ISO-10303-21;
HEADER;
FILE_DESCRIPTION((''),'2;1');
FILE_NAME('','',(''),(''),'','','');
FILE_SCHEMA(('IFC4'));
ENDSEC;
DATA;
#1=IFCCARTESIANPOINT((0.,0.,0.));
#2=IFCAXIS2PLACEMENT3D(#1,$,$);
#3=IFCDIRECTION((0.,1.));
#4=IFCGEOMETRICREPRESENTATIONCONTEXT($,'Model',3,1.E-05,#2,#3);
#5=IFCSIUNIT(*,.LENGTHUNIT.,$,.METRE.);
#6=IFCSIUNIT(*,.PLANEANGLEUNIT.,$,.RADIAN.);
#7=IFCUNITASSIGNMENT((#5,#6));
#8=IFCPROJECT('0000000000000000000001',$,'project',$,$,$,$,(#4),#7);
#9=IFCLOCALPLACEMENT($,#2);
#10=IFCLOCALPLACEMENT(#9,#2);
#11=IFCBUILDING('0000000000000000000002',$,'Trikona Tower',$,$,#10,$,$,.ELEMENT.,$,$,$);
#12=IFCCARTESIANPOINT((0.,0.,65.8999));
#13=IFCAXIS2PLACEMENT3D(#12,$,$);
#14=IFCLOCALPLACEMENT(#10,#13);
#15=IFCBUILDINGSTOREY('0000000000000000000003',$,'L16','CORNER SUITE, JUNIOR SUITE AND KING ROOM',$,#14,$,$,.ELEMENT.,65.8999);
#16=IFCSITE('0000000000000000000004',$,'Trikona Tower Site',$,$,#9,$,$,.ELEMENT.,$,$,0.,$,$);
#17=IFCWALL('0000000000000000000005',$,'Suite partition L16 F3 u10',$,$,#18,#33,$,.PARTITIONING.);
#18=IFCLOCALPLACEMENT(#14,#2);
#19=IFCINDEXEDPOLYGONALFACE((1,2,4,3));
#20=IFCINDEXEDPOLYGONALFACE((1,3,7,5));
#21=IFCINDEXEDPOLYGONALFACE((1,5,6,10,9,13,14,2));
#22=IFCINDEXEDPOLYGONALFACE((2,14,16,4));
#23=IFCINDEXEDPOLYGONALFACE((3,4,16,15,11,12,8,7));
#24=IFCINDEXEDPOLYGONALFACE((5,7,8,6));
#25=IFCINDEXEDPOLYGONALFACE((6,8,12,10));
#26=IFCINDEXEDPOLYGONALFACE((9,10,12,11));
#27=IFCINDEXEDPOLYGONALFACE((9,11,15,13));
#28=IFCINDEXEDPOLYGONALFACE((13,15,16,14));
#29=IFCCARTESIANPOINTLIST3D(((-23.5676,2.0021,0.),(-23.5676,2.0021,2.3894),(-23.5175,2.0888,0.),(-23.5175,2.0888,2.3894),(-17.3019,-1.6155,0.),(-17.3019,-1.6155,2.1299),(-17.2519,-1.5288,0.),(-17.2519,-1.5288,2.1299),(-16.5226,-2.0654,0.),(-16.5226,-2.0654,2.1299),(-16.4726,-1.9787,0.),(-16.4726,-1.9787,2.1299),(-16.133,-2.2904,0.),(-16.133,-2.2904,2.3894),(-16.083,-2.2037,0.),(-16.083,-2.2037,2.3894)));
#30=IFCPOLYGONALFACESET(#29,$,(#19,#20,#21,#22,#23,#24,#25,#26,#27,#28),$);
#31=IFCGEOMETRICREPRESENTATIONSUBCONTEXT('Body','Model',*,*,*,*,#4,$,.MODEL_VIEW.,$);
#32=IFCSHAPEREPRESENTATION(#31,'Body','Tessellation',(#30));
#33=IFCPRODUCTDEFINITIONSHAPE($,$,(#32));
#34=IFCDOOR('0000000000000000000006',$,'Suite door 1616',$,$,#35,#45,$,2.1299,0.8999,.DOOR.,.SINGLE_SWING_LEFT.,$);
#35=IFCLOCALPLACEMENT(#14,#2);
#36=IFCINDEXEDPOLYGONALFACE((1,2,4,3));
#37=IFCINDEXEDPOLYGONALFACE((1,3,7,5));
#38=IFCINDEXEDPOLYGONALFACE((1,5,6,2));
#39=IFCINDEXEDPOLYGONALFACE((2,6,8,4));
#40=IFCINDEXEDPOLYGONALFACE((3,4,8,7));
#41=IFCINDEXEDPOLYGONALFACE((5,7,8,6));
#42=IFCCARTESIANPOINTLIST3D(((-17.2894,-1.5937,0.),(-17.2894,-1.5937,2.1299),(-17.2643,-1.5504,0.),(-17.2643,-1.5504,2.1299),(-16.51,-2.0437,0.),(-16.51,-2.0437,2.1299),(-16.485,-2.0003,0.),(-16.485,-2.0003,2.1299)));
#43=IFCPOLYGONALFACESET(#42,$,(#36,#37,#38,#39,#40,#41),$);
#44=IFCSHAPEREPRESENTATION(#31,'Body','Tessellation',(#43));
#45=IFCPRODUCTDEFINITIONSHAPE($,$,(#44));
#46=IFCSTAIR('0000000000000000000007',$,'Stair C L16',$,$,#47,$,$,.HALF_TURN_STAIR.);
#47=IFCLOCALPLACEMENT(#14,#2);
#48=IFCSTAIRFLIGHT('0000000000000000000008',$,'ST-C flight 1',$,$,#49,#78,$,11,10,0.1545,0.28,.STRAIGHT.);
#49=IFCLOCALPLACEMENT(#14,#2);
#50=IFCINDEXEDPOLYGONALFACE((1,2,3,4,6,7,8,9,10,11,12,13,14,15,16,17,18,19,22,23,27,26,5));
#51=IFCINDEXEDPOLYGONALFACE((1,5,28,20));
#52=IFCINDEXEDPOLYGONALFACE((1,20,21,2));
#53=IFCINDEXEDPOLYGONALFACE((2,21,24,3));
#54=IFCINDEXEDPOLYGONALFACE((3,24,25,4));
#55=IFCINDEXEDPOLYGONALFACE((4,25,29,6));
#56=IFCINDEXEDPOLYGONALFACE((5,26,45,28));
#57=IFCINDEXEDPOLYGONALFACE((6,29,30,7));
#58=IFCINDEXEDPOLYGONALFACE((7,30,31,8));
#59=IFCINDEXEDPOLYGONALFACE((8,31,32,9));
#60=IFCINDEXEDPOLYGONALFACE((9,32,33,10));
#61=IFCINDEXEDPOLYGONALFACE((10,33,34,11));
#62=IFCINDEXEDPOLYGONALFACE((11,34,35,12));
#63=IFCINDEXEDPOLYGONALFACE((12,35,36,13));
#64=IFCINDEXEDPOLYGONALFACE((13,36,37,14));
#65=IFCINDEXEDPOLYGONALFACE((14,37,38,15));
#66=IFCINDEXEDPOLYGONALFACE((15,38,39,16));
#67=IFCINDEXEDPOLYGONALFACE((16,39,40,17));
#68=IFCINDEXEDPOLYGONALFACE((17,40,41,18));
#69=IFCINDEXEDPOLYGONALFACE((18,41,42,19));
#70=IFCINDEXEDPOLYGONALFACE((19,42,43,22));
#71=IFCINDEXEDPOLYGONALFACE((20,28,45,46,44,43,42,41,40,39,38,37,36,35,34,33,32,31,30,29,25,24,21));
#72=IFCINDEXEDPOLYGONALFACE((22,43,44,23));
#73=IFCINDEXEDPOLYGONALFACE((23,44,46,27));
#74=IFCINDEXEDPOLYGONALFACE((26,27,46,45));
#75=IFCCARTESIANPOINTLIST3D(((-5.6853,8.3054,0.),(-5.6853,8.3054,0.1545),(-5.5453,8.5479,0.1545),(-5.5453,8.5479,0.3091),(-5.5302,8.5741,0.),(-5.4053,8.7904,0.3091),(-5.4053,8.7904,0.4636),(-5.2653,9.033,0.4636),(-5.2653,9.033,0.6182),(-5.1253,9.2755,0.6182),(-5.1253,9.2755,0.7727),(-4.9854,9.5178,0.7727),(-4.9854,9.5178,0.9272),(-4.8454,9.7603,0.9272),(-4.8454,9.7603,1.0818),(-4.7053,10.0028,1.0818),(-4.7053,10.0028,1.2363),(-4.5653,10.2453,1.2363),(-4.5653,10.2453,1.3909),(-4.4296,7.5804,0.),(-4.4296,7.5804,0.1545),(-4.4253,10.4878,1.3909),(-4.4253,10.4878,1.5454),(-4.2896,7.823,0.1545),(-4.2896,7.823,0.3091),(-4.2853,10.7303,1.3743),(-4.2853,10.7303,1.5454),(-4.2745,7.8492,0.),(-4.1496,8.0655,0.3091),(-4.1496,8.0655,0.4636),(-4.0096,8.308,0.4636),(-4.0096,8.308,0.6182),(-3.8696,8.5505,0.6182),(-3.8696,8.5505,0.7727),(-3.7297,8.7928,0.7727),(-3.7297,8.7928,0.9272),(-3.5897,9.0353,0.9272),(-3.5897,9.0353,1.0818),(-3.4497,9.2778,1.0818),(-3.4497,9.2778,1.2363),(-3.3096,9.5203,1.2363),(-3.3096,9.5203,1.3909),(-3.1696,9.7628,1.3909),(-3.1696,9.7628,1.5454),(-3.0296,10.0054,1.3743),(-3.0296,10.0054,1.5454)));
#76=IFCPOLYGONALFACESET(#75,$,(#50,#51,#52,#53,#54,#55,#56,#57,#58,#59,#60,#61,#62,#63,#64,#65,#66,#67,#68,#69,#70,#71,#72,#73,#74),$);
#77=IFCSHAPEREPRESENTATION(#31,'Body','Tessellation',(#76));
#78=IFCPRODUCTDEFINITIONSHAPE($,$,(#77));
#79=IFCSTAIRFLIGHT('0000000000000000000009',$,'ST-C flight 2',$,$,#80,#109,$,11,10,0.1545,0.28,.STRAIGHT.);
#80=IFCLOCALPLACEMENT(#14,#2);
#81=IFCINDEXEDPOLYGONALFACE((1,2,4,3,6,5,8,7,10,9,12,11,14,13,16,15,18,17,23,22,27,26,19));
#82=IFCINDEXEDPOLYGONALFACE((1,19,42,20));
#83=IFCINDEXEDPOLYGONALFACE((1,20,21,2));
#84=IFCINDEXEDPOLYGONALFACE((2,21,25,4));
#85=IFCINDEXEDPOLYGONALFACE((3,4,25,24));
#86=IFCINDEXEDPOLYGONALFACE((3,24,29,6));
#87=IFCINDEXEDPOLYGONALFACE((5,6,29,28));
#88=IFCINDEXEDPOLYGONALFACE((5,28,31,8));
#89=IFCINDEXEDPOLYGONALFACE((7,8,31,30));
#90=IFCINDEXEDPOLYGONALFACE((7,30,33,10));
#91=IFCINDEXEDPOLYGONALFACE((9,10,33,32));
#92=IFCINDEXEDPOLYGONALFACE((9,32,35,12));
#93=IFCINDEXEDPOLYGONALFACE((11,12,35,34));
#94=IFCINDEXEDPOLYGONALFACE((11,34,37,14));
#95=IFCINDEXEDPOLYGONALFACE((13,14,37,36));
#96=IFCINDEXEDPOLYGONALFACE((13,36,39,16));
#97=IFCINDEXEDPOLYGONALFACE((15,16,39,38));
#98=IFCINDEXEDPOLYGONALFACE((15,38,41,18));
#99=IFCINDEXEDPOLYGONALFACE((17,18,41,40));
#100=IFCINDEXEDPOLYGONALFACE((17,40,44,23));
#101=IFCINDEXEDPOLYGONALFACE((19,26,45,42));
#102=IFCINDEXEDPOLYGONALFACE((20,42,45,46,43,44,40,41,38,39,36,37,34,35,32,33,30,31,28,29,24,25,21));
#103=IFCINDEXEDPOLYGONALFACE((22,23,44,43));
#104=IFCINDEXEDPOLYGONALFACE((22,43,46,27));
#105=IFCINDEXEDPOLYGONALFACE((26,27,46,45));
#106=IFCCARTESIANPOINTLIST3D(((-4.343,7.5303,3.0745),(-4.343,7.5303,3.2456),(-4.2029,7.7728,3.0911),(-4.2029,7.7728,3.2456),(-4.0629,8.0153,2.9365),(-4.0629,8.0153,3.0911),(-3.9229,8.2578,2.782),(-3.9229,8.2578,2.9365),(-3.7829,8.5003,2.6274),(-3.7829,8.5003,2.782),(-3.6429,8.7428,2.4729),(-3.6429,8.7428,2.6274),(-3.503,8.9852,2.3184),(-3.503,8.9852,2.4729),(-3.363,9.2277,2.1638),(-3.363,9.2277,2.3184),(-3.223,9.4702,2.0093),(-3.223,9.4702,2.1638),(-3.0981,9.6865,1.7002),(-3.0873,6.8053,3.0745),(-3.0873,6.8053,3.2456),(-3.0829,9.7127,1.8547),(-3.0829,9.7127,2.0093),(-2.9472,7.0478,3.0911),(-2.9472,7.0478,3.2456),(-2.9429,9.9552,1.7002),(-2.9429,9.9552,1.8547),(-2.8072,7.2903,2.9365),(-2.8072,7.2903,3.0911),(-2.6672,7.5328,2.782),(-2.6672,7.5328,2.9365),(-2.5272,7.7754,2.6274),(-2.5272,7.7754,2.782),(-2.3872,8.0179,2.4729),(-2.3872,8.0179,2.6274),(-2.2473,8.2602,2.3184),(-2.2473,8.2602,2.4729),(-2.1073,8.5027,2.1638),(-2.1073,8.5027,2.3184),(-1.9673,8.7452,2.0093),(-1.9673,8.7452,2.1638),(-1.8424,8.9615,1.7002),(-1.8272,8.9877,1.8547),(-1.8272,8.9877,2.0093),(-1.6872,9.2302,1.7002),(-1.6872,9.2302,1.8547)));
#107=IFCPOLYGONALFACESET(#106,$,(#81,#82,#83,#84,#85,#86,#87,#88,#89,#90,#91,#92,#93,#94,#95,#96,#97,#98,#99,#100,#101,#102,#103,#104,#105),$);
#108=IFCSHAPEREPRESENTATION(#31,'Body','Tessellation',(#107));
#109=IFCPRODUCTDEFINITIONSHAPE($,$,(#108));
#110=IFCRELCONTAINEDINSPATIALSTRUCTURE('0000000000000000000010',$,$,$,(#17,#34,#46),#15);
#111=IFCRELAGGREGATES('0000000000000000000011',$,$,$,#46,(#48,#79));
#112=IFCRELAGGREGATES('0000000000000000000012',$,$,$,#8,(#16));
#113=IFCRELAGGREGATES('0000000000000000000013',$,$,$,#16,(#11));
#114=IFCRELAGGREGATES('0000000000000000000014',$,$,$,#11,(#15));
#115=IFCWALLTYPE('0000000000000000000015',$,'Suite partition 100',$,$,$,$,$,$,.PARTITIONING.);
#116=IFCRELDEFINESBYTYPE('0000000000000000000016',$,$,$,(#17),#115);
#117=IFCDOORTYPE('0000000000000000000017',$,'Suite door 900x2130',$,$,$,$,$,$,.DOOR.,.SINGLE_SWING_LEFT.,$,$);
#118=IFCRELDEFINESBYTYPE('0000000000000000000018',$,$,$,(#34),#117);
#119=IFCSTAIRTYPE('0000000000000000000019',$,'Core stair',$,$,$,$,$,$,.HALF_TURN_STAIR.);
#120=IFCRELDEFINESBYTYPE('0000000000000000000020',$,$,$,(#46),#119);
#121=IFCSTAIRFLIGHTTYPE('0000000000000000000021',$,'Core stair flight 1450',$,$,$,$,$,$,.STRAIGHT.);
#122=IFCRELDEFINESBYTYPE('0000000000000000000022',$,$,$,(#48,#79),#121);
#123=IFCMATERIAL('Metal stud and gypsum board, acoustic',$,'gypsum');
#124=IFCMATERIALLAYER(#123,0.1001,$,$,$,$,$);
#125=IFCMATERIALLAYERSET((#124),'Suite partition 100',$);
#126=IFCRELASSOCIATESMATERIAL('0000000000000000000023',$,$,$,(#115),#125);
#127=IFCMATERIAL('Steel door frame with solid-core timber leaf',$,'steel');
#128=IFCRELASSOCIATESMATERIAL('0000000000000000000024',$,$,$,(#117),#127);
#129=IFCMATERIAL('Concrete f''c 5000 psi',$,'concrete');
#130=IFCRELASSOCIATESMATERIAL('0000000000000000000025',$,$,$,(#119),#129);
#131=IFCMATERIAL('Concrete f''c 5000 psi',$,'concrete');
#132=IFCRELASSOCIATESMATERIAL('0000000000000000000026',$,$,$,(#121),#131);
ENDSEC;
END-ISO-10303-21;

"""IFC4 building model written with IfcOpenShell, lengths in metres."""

from ifc_helpers import new_model, si_unit, direction, frame, frame_2d, origin, place, context, subcontext, project, spatial, polyline, rectangle, outline, extrude, material, layer, layer_set, type_object, element, fill, aggregate, save


model = new_model("IFC4")

# Units and contexts
model_context = context("Model", 3, precision=1e-05, world=origin(), true_north=direction((0.0, 1.0)))
body_context = subcontext(model_context, "Body", "Model", "MODEL_VIEW")
ifc_project = project(units=[si_unit("LENGTHUNIT", "METRE"), si_unit("PLANEANGLEUNIT", "RADIAN")], contexts=[model_context])

# Site, building, storey
site_placement = place(None, origin())
site = spatial("IfcSite", under=ifc_project, at=site_placement, Name="Trikona Tower Site", CompositionType="ELEMENT", RefElevation=0.0)
building_placement = place(site_placement, origin())
building = spatial("IfcBuilding", under=site, at=building_placement, Name="Trikona Tower", CompositionType="ELEMENT")
storey_placement = place(building_placement, frame((0.0, 0.0, 65.8999)))
storey = spatial("IfcBuildingStorey", under=building, at=storey_placement, Name="L16", Description="CORNER SUITE, JUNIOR SUITE AND KING ROOM", CompositionType="ELEMENT", Elevation=65.8999)

# Wall, opening, door
ifc_material_1 = material(Name="Metal stud and gypsum board, acoustic", Category="gypsum")
ifc_layer_1 = layer(ifc_material_1, 0.1001)
ifc_layer_set_1 = layer_set([ifc_layer_1], Name="Suite partition 100")
wall_type_1 = type_object("IfcWallType", Name="Suite partition 100", PredefinedType="PARTITIONING", material=ifc_layer_set_1)
wall_1_placement = place(storey_placement, frame((-16.1079, -2.2471, 0.0), z_axis=(0.0, 0.0, 1.0), x_axis=(-0.866019, 0.500011, 0.0)))
wall_1 = element("IfcWall", 1, at=wall_1_placement, inside=storey, type_object=wall_type_1, Name="Suite partition L16 F3 u10", PredefinedType="PARTITIONING", context=body_context, shape_type="SweptSolid", body=[
    extrude(rectangle(XDim=8.5847, YDim=0.1001, at=frame_2d((4.2925, 0.0))), origin(), (0.0, 0.0, 1.0), 2.3894),
])
opening_1_placement = place(wall_1_placement, frame((0.45, 0.0, 0.0)))
opening_1 = element("IfcOpeningElement", 2, at=opening_1_placement, cuts=wall_1, PredefinedType="OPENING", context=body_context, shape_type="SweptSolid", body=[
    extrude(rectangle(XDim=0.8999, YDim=2.1299, at=frame_2d((0.45, 1.0649))), frame((0.0, 0.0601, 0.0), z_axis=(0.0, -1.0, 0.0), x_axis=(1.0, 0.0, 0.0)), (0.0, 0.0, 1.0), 0.1201),
])
ifc_material_2 = material(Name="Steel door frame with solid-core timber leaf", Category="steel")
door_type_1 = type_object("IfcDoorType", Name="Suite door 900x2130", OperationType="SINGLE_SWING_LEFT", PredefinedType="DOOR", material=ifc_material_2)
door_1_placement = place(opening_1_placement, origin())
door_1 = element("IfcDoor", 3, at=door_1_placement, inside=storey, type_object=door_type_1, Name="Suite door 1616", OperationType="SINGLE_SWING_LEFT", OverallHeight=2.1299, OverallWidth=0.8999, PredefinedType="DOOR", context=body_context, shape_type="SweptSolid", body=[
    extrude(rectangle(XDim=0.8999, YDim=2.1299, at=frame_2d((0.45, 1.0649))), frame((0.0, 0.0249, 0.0), z_axis=(0.0, -1.0, 0.0), x_axis=(1.0, 0.0, 0.0)), (0.0, 0.0, 1.0), 0.05),
])
fill(opening_1, door_1)

# Stair, stair flights
ifc_material_3 = material(Name="Concrete f'c 5000 psi", Category="concrete")
stair_type = type_object("IfcStairType", Name="Core stair", PredefinedType="HALF_TURN_STAIR", material=ifc_material_3)
stair_placement = place(storey_placement, origin())
stair = element("IfcStair", 4, at=stair_placement, inside=storey, type_object=stair_type, Name="Stair C L16", PredefinedType="HALF_TURN_STAIR")
ifc_material_4 = material(Name="Concrete f'c 5000 psi", Category="concrete")
stair_flight_type = type_object("IfcStairFlightType", Name="Core stair flight 1450", PredefinedType="STRAIGHT", material=ifc_material_4)
stair_flight_1_placement = place(storey_placement, frame((-5.0574, 7.9429, 0.0), z_axis=(0.0, 0.0, 1.0), x_axis=(0.5, 0.866025, 0.0)))
stair_flight_1 = element("IfcStairFlight", 5, at=stair_flight_1_placement, type_object=stair_flight_type, Name="ST-C flight 1", NumberOfRisers=11, NumberOfTreads=10, PredefinedType="STRAIGHT", RiserHeight=0.1545, TreadLength=0.28, context=body_context, shape_type="SweptSolid", body=[
    extrude(outline(polyline([(0.0, 0.0), (0.0, 0.1545), (0.28, 0.1545), (0.28, 0.3091), (0.5601, 0.3091), (0.5601, 0.4636), (0.8401, 0.4636), (0.8401, 0.6182), (1.1201, 0.6182), (1.1201, 0.7727), (1.3999, 0.7727), (1.3999, 0.9272), (1.6799, 0.9272), (1.6799, 1.0818), (1.96, 1.0818), (1.96, 1.2363), (2.24, 1.2363), (2.24, 1.3909), (2.52, 1.3909), (2.52, 1.5454), (2.8, 1.5454), (2.8, 1.7), (2.8, 1.3743), (0.3103, 0.0), (0.0, 0.0)])), frame((0.0, 0.7251, 0.0), z_axis=(0.0, -1.0, 0.0), x_axis=(1.0, 0.0, 0.0)), (0.0, 0.0, 1.0), 1.45),
])
stair_flight_2_placement = place(storey_placement, frame((-2.3152, 9.5928, 1.7002), z_axis=(0.0, 0.0, 1.0), x_axis=(-0.5, -0.866025, 0.0)))
stair_flight_2 = element("IfcStairFlight", 6, at=stair_flight_2_placement, type_object=stair_flight_type, Name="ST-C flight 2", NumberOfRisers=11, NumberOfTreads=10, PredefinedType="STRAIGHT", RiserHeight=0.1545, TreadLength=0.28, context=body_context, shape_type="SweptSolid", body=[
    extrude(outline(polyline([(0.0, 0.0), (0.0, 0.1545), (0.28, 0.1545), (0.28, 0.3091), (0.5601, 0.3091), (0.5601, 0.4636), (0.8401, 0.4636), (0.8401, 0.6182), (1.1201, 0.6182), (1.1201, 0.7727), (1.3999, 0.7727), (1.3999, 0.9272), (1.6799, 0.9272), (1.6799, 1.0818), (1.96, 1.0818), (1.96, 1.2363), (2.24, 1.2363), (2.24, 1.3909), (2.52, 1.3909), (2.52, 1.5454), (2.8, 1.5454), (2.8, 1.7), (2.8, 1.3743), (0.3103, 0.0), (0.0, 0.0)])), frame((0.0, 0.7251, 0.0), z_axis=(0.0, -1.0, 0.0), x_axis=(1.0, 0.0, 0.0)), (0.0, 0.0, 1.0), 1.45),
])
aggregate(stair, [stair_flight_1, stair_flight_2])

save(model, "model.ifc")
